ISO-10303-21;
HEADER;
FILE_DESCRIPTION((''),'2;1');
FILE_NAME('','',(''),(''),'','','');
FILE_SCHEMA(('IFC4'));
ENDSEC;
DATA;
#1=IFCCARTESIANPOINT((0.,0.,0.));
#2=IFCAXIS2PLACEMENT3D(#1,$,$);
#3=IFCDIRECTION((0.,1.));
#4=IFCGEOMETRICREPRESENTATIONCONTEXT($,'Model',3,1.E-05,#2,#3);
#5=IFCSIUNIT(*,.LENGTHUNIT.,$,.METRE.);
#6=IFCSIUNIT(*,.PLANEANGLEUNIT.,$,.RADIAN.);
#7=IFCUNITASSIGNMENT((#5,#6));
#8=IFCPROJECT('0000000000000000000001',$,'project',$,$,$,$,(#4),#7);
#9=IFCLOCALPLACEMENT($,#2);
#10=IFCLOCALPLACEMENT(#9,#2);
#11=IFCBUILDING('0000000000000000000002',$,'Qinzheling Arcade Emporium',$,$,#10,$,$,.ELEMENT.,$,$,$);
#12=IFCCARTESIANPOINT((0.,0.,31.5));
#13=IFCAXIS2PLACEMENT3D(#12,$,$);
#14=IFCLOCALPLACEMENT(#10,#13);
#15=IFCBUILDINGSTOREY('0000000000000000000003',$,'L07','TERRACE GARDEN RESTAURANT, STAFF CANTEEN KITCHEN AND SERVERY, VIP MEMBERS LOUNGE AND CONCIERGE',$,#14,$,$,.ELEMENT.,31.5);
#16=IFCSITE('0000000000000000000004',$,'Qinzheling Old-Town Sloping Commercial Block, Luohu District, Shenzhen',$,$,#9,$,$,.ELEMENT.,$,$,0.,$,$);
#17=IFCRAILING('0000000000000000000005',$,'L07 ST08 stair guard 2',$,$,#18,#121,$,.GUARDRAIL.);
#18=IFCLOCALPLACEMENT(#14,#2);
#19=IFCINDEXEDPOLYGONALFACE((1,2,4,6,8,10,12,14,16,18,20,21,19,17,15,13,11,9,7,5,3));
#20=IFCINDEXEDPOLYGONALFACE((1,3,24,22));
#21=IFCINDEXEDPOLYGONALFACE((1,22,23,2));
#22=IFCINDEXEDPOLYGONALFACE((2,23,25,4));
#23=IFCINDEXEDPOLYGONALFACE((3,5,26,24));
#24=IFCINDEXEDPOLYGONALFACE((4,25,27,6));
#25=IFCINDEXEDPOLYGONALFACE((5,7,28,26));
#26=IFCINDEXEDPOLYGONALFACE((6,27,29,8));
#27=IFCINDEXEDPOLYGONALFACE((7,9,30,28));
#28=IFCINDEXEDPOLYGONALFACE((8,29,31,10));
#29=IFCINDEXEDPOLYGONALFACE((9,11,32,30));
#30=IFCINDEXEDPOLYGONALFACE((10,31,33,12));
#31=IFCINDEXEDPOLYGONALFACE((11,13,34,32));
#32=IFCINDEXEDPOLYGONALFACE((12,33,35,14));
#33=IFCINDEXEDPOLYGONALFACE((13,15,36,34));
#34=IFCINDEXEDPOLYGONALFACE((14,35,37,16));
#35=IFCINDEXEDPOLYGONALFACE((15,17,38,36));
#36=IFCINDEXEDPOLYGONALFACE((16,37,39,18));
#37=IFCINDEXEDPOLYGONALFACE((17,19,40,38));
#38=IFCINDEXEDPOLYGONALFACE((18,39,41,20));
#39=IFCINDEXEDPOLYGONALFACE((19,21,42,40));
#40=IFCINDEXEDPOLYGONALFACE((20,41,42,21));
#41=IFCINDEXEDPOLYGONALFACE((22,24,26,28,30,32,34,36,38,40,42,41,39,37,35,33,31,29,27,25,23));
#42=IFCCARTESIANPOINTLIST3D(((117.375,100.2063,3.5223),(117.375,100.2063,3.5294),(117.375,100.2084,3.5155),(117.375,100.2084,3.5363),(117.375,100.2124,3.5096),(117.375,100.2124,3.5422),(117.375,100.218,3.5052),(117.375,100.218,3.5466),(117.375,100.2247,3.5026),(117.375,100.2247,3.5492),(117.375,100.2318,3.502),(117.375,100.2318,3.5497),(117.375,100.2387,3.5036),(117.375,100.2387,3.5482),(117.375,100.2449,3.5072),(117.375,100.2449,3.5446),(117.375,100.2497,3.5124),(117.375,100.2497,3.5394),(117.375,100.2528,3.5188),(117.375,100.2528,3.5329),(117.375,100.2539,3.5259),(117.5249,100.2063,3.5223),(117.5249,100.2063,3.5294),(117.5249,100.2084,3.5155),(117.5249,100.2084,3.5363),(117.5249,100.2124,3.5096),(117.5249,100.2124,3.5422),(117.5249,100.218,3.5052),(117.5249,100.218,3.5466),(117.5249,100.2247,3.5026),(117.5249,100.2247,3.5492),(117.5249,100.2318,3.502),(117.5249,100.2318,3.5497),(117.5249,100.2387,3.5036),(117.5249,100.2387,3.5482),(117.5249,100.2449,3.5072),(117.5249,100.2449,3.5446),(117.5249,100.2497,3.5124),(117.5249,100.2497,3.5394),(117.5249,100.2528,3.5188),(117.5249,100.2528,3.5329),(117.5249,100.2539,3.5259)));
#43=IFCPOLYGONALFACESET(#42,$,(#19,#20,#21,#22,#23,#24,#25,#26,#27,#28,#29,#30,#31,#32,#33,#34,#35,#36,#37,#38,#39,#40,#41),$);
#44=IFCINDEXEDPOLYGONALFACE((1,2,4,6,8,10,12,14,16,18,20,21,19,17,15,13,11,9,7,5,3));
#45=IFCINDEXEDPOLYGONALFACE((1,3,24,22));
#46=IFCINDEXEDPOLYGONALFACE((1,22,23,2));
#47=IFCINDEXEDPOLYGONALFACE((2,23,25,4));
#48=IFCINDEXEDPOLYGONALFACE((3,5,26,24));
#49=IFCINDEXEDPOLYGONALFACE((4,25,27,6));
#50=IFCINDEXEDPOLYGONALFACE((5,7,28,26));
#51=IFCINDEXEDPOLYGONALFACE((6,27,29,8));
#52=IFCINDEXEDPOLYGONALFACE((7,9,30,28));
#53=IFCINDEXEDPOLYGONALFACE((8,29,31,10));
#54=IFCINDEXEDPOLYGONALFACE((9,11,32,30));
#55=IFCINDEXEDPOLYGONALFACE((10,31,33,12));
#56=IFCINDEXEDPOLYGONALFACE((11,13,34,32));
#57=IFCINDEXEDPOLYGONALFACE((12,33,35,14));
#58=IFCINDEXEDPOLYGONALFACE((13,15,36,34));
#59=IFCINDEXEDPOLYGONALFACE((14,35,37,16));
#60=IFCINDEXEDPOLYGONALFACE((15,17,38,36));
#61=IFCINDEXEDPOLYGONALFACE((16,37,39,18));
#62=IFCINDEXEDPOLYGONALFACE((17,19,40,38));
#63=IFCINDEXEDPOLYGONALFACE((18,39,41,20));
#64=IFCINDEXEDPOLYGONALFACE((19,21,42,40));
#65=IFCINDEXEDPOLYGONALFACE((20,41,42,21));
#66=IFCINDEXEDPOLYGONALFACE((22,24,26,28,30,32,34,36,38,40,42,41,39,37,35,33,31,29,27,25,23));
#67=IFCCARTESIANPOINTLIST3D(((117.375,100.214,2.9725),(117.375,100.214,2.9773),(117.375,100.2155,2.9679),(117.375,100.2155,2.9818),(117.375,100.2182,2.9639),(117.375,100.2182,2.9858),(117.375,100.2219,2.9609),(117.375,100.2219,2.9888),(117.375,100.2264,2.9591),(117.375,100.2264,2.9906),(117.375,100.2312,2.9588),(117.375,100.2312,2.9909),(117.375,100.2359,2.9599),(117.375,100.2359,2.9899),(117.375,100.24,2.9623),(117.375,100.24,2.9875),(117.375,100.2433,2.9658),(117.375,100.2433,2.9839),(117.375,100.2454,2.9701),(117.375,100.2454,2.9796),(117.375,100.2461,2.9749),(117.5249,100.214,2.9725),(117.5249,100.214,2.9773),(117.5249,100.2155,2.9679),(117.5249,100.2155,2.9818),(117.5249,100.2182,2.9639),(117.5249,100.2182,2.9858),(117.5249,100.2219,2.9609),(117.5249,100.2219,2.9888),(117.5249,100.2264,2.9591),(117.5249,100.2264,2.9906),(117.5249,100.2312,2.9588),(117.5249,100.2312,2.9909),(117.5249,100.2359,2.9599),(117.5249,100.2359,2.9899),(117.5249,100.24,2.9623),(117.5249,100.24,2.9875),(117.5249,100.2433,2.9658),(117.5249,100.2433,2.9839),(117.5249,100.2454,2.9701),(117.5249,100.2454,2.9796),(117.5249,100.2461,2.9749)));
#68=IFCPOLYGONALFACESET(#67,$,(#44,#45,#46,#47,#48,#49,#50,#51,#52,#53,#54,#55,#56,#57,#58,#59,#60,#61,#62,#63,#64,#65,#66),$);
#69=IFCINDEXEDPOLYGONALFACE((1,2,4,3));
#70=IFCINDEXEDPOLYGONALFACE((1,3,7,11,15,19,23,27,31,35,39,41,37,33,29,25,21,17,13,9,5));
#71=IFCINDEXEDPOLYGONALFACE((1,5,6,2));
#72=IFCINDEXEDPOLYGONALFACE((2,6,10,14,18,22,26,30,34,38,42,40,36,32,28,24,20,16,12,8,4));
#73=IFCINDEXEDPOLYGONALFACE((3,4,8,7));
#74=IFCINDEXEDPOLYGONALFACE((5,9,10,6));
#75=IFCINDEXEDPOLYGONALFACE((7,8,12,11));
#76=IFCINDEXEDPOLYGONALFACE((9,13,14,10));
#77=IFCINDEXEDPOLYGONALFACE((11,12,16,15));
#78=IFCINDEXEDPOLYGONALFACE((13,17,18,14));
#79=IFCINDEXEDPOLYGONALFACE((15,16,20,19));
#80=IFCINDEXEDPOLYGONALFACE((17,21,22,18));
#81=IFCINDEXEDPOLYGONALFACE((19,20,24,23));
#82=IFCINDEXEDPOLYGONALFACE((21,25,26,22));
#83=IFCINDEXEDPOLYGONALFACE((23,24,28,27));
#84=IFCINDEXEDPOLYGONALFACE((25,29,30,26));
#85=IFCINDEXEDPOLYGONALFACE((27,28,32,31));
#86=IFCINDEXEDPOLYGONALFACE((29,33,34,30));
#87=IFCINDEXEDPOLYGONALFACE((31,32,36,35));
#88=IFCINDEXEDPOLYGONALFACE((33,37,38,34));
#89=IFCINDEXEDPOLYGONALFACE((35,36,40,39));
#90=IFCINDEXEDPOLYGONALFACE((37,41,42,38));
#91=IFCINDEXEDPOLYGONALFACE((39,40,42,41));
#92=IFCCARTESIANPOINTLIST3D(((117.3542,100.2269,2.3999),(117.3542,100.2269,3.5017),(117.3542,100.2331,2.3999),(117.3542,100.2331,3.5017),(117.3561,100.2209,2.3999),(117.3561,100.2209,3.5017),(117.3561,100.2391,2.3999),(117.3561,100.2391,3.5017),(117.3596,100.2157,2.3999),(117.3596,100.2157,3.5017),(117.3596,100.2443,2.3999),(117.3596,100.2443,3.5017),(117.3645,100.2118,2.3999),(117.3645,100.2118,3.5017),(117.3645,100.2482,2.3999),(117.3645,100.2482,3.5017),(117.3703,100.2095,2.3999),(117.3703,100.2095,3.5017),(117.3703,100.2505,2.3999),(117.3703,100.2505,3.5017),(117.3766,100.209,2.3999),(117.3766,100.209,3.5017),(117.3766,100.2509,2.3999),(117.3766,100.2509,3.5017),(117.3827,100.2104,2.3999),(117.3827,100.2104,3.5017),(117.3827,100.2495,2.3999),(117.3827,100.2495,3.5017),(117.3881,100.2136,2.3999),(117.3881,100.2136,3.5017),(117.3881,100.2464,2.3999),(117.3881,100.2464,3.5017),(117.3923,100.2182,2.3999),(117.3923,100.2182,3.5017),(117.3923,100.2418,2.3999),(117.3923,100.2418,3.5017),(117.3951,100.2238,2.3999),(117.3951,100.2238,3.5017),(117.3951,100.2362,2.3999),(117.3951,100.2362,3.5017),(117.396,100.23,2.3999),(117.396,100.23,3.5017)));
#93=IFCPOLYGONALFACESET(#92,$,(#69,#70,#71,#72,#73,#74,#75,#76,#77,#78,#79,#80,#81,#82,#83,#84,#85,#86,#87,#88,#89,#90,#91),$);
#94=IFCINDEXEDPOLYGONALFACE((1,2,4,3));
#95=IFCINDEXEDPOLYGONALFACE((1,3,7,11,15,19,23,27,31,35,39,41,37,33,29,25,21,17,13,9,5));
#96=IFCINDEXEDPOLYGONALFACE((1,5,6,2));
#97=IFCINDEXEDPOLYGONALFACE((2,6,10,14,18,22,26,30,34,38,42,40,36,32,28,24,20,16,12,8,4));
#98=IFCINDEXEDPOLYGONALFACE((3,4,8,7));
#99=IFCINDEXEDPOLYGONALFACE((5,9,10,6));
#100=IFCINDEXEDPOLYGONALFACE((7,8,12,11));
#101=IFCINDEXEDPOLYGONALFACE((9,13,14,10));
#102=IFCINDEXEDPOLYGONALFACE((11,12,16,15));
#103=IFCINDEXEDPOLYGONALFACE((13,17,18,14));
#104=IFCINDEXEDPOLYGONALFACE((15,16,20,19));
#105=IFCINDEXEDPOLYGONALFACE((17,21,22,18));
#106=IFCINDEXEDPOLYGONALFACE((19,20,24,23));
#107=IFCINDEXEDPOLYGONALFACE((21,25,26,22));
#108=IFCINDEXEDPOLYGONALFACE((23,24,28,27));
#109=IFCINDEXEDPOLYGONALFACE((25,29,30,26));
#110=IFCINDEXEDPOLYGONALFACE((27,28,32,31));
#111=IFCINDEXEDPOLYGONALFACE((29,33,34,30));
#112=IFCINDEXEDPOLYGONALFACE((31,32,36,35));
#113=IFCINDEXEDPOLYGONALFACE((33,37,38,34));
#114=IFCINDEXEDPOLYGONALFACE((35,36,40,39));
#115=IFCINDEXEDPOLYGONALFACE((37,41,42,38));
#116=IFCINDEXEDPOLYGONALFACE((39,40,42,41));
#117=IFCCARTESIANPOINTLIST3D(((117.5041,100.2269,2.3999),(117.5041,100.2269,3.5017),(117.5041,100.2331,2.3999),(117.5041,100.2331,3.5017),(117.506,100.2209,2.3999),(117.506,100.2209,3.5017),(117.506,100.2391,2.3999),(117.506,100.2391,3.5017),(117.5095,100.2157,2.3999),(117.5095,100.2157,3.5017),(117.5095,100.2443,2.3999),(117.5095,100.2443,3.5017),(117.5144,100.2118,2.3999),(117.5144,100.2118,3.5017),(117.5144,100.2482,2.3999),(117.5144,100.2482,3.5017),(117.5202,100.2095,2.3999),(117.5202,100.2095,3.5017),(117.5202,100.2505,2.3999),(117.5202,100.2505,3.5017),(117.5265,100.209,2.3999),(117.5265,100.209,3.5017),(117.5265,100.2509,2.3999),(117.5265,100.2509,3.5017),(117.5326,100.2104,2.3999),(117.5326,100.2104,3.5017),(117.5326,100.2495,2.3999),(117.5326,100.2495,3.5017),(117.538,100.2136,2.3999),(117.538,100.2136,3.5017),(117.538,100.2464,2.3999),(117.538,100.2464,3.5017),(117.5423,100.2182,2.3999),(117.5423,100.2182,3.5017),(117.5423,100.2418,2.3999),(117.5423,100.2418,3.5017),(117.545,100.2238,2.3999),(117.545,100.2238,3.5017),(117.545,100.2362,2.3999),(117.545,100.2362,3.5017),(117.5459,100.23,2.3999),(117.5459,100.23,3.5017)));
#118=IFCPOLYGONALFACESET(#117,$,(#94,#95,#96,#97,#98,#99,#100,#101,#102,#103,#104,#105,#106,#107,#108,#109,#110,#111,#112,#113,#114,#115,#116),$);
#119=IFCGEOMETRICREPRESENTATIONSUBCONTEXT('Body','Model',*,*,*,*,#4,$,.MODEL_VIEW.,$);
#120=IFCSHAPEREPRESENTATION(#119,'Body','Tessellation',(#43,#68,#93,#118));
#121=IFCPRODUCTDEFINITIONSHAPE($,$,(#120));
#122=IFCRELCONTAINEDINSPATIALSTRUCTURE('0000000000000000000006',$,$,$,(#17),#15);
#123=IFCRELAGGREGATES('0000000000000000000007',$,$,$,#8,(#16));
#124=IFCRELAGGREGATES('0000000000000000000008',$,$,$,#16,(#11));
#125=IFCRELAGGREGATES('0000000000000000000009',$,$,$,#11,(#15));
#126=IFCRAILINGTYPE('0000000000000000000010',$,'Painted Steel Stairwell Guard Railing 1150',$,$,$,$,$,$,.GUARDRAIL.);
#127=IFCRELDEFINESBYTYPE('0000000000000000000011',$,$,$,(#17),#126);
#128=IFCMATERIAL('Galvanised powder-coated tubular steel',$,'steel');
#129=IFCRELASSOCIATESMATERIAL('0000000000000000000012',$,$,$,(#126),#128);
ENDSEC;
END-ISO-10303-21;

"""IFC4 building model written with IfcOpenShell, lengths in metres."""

from ifc_helpers import new_model, si_unit, direction, frame, origin, origin_2d, place, context, subcontext, project, spatial, circle, extrude, material, type_object, element, save


model = new_model("IFC4")

# Units and contexts
model_context = context("Model", 3, precision=1e-05, world=origin(), true_north=direction((0.0, 1.0)))
body_context = subcontext(model_context, "Body", "Model", "MODEL_VIEW")
ifc_project = project(units=[si_unit("LENGTHUNIT", "METRE"), si_unit("PLANEANGLEUNIT", "RADIAN")], contexts=[model_context])

# Site, building, storey
site_placement = place(None, origin())
site = spatial("IfcSite", under=ifc_project, at=site_placement, Name="Qinzheling Old-Town Sloping Commercial Block, Luohu District, Shenzhen", CompositionType="ELEMENT", RefElevation=0.0)
building_placement = place(site_placement, origin())
building = spatial("IfcBuilding", under=site, at=building_placement, Name="Qinzheling Arcade Emporium", CompositionType="ELEMENT")
storey_placement = place(building_placement, frame((0.0, 0.0, 31.5)))
storey = spatial("IfcBuildingStorey", under=building, at=storey_placement, Name="L07", Description="TERRACE GARDEN RESTAURANT, STAFF CANTEEN KITCHEN AND SERVERY, VIP MEMBERS LOUNGE AND CONCIERGE", CompositionType="ELEMENT", Elevation=31.5)

# Railing
ifc_material_1 = material(Name="Galvanised powder-coated tubular steel", Category="steel")
railing_type_1 = type_object("IfcRailingType", Name="Painted Steel Stairwell Guard Railing 1150", PredefinedType="GUARDRAIL", material=ifc_material_1)
railing_1_placement = place(storey_placement, frame((117.375, 100.23, 2.3999)))
element("IfcRailing", 1, at=railing_1_placement, inside=storey, type_object=railing_type_1, Name="L07 ST08 stair guard 2", PredefinedType="GUARDRAIL", context=body_context, shape_type="SweptSolid", body=[
    extrude(circle(Radius=0.0239, at=origin_2d()), frame((0.0, 0.0, 1.126), z_axis=(1.0, 0.0, 0.0), x_axis=(0.0, 1.0, 0.0)), (0.0, 0.0, 1.0), 0.1499),
    extrude(circle(Radius=0.0161, at=origin_2d()), frame((0.0, 0.0, 0.575), z_axis=(1.0, 0.0, 0.0), x_axis=(0.0, 1.0, 0.0)), (0.0, 0.0, 1.0), 0.1499),
    extrude(circle(Radius=0.021, at=origin_2d()), origin(), (0.0, 0.0, 1.0), 1.1018),
    extrude(circle(Radius=0.021, at=origin_2d()), frame((0.1499, 0.0, 0.0)), (0.0, 0.0, 1.0), 1.1018),
])

save(model, "model.ifc")
